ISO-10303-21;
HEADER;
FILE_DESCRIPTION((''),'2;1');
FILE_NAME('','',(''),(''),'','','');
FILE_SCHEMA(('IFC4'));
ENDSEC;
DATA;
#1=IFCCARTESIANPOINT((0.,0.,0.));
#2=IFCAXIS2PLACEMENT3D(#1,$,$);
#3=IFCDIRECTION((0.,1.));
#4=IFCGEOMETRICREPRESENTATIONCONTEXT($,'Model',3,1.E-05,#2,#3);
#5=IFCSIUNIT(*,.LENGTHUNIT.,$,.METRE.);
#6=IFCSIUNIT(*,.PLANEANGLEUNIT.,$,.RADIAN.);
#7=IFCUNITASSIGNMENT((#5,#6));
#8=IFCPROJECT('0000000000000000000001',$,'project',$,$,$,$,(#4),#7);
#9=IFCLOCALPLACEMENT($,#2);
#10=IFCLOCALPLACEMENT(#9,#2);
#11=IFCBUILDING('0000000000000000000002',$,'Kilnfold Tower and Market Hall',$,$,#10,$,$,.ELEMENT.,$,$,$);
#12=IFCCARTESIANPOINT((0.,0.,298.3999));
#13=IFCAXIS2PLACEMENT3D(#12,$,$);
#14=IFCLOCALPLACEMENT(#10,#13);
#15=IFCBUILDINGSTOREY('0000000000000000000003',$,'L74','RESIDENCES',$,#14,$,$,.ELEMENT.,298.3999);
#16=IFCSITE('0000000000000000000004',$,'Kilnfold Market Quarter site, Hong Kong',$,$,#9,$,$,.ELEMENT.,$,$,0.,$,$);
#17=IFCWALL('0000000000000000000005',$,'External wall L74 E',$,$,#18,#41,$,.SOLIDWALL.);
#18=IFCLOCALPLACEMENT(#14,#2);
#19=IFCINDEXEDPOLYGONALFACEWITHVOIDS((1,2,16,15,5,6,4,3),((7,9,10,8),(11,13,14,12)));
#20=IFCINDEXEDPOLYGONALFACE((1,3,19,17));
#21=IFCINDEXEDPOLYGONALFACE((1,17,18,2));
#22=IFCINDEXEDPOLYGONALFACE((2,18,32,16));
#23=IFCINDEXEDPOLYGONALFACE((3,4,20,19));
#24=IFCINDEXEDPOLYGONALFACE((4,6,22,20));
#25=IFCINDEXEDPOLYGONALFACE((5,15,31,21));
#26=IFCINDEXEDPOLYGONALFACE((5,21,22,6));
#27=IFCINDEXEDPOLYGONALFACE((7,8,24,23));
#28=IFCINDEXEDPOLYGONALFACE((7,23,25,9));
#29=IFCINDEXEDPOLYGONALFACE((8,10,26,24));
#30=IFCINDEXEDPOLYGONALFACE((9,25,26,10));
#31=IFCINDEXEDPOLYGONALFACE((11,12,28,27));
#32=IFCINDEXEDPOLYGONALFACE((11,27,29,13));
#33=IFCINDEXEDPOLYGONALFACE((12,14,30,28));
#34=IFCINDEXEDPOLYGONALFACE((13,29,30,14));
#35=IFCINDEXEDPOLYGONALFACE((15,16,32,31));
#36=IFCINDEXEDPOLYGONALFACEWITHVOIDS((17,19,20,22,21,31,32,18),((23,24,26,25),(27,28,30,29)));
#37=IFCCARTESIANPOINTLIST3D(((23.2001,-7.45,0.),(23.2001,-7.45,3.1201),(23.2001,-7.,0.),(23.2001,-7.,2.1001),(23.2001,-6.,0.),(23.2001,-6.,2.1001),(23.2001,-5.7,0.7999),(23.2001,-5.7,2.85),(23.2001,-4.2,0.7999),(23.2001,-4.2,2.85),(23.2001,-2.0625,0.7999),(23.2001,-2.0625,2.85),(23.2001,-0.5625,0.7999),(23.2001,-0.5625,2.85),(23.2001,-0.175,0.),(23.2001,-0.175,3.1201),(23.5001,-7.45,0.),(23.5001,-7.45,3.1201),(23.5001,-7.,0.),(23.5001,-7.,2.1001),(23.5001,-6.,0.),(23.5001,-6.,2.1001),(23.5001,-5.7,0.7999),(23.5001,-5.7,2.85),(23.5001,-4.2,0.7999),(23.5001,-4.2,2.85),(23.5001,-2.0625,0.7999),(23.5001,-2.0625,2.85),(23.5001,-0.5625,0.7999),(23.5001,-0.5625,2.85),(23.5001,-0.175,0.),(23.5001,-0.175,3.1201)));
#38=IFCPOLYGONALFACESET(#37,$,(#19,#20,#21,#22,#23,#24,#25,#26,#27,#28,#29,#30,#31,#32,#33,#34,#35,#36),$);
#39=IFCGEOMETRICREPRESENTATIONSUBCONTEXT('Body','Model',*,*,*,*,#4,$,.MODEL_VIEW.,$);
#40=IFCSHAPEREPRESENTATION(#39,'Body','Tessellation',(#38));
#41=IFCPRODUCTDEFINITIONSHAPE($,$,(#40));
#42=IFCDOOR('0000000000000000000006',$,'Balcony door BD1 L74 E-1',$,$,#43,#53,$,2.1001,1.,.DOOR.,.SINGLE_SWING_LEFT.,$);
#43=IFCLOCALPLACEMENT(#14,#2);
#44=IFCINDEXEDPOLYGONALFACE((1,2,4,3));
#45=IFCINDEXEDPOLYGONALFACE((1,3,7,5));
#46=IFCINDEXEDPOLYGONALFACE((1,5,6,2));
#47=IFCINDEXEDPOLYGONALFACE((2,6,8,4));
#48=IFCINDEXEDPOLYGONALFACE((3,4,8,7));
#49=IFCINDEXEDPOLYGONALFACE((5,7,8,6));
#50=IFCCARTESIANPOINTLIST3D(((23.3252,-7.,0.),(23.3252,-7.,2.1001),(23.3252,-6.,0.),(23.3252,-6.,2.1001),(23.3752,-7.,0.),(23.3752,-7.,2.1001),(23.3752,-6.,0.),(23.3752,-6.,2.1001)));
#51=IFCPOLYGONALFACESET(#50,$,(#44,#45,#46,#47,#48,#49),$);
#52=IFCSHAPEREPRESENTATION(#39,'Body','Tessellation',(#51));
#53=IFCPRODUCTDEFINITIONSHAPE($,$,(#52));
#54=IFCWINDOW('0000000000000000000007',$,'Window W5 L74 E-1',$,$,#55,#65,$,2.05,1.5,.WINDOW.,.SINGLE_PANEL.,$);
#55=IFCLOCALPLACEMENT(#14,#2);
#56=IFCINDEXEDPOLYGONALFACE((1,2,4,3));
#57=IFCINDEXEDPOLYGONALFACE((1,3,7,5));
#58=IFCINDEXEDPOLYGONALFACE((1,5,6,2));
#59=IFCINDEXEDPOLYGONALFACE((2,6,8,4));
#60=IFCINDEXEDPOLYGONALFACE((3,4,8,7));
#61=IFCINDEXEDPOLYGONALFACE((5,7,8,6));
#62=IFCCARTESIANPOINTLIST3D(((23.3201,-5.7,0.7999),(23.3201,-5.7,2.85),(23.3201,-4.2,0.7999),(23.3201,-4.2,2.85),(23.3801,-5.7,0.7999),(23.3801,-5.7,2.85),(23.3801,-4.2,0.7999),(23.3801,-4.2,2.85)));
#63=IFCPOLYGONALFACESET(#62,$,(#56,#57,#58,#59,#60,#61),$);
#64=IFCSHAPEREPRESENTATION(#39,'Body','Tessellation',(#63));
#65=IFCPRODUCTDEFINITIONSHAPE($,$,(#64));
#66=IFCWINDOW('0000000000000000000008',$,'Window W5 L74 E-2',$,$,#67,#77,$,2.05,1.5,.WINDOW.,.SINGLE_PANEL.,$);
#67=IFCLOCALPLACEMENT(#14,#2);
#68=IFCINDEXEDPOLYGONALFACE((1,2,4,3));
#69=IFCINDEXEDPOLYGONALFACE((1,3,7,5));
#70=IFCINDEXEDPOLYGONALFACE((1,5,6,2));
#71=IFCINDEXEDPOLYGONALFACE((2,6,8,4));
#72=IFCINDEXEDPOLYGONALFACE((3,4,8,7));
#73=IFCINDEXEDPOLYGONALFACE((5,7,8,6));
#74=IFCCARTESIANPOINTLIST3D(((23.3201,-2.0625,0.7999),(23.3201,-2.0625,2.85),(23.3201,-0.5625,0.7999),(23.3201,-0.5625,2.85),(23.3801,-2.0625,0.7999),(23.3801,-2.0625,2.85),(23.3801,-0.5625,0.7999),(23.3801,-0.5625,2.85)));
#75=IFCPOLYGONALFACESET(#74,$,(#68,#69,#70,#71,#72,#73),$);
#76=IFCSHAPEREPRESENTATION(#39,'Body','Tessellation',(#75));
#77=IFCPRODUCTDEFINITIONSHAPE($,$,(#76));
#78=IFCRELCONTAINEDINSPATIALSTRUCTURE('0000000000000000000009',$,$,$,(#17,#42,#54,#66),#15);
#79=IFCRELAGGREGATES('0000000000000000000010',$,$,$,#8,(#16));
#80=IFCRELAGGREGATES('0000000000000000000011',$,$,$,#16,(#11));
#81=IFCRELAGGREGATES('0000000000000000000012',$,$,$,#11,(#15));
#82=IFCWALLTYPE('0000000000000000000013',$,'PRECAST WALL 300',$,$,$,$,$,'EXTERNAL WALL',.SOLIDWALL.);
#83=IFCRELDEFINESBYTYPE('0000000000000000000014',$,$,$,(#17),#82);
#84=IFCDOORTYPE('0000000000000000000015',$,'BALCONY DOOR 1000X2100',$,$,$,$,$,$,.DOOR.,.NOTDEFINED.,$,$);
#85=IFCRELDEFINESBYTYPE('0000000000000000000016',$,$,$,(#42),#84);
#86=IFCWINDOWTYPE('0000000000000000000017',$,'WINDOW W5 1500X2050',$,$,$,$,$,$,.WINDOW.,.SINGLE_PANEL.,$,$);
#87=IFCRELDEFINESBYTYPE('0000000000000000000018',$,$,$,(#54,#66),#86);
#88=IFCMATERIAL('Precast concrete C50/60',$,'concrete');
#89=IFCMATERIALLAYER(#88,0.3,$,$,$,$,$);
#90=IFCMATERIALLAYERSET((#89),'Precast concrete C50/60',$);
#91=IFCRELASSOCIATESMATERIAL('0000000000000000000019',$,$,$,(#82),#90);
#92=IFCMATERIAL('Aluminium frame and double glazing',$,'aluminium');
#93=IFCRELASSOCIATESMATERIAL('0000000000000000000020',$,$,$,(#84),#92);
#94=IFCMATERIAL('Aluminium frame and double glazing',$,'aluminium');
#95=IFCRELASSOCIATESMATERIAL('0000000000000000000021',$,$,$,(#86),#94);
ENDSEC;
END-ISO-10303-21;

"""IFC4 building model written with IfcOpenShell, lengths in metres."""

from ifc_helpers import new_model, si_unit, direction, frame, frame_2d, origin, place, context, subcontext, project, spatial, rectangle, extrude, source, transform, mapped, material, layer, layer_set, type_object, element, fill, save


model = new_model("IFC4")

# Units and contexts
model_context = context("Model", 3, precision=1e-05, world=origin(), true_north=direction((0.0, 1.0)))
body_context = subcontext(model_context, "Body", "Model", "MODEL_VIEW")
ifc_project = project(units=[si_unit("LENGTHUNIT", "METRE"), si_unit("PLANEANGLEUNIT", "RADIAN")], contexts=[model_context])

# Site, building, storey
site_placement = place(None, origin())
site = spatial("IfcSite", under=ifc_project, at=site_placement, Name="Kilnfold Market Quarter site, Hong Kong", CompositionType="ELEMENT", RefElevation=0.0)
building_placement = place(site_placement, origin())
building = spatial("IfcBuilding", under=site, at=building_placement, Name="Kilnfold Tower and Market Hall", CompositionType="ELEMENT")
storey_placement = place(building_placement, frame((0.0, 0.0, 298.3999)))
storey = spatial("IfcBuildingStorey", under=building, at=storey_placement, Name="L74", Description="RESIDENCES", CompositionType="ELEMENT", Elevation=298.3999)

# Wall, openings, door, windows
ifc_material_1 = material(Name="Precast concrete C50/60", Category="concrete")
ifc_layer_1 = layer(ifc_material_1, 0.3)
ifc_layer_set_1 = layer_set([ifc_layer_1], Name="Precast concrete C50/60")
wall_type_1 = type_object("IfcWallType", Name="PRECAST WALL 300", ElementType="EXTERNAL WALL", PredefinedType="SOLIDWALL", material=ifc_layer_set_1)
shared_shape_1 = source(origin(), body_context, "Body", "SweptSolid", [
    extrude(rectangle(XDim=7.2749, YDim=0.3, at=frame_2d((3.6375, 0.0))), origin(), (0.0, 0.0, 1.0), 3.1201),
])
wall_1_placement = place(storey_placement, frame((23.3501, -7.45, 0.0), z_axis=(0.0, 0.0, 1.0), x_axis=(0.0, 1.0, 0.0)))
wall_1 = element("IfcWall", 1, at=wall_1_placement, inside=storey, type_object=wall_type_1, Name="External wall L74 E", PredefinedType="SOLIDWALL", context=body_context, shape_type="MappedRepresentation", body=[
    mapped(shared_shape_1, transform((0.0, 0.0, 0.0))),
])
opening_1_placement = place(wall_1_placement, frame((1.75, 0.0, 0.8)))
opening_1 = element("IfcOpeningElement", 2, at=opening_1_placement, cuts=wall_1, PredefinedType="OPENING", context=body_context, shape_type="SweptSolid", body=[
    extrude(rectangle(XDim=1.5, YDim=2.05, at=frame_2d((0.75, 1.0249))), frame((0.0, 0.1602, 0.0), z_axis=(0.0, -1.0, 0.0), x_axis=(1.0, 0.0, 0.0)), (0.0, 0.0, 1.0), 0.3201),
])
opening_2_placement = place(wall_1_placement, frame((0.45, 0.0, 0.0)))
opening_2 = element("IfcOpeningElement", 3, at=opening_2_placement, cuts=wall_1, PredefinedType="OPENING", context=body_context, shape_type="SweptSolid", body=[
    extrude(rectangle(XDim=1.0, YDim=2.1001, at=frame_2d((0.5, 1.05))), frame((0.0, 0.1602, 0.0), z_axis=(0.0, -1.0, 0.0), x_axis=(1.0, 0.0, 0.0)), (0.0, 0.0, 1.0), 0.3201),
])
opening_3_placement = place(wall_1_placement, frame((5.3875, 0.0, 0.8)))
opening_3 = element("IfcOpeningElement", 4, at=opening_3_placement, cuts=wall_1, PredefinedType="OPENING", context=body_context, shape_type="SweptSolid", body=[
    extrude(rectangle(XDim=1.5, YDim=2.05, at=frame_2d((0.75, 1.0249))), frame((0.0, 0.1602, 0.0), z_axis=(0.0, -1.0, 0.0), x_axis=(1.0, 0.0, 0.0)), (0.0, 0.0, 1.0), 0.3201),
])
ifc_material_2 = material(Name="Aluminium frame and double glazing", Category="aluminium")
door_type_1 = type_object("IfcDoorType", Name="BALCONY DOOR 1000X2100", OperationType="NOTDEFINED", PredefinedType="DOOR", material=ifc_material_2)
door_1_placement = place(opening_2_placement, origin())
door_1 = element("IfcDoor", 5, at=door_1_placement, inside=storey, type_object=door_type_1, Name="Balcony door BD1 L74 E-1", OperationType="SINGLE_SWING_LEFT", OverallHeight=2.1001, OverallWidth=1.0, PredefinedType="DOOR", context=body_context, shape_type="SweptSolid", body=[
    extrude(rectangle(XDim=1.0, YDim=2.1001, at=frame_2d((0.5, 1.05))), frame((0.0, 0.0249, 0.0), z_axis=(0.0, -1.0, 0.0), x_axis=(1.0, 0.0, 0.0)), (0.0, 0.0, 1.0), 0.05),
])
fill(opening_2, door_1)
ifc_material_3 = material(Name="Aluminium frame and double glazing", Category="aluminium")
window_type = type_object("IfcWindowType", Name="WINDOW W5 1500X2050", PartitioningType="SINGLE_PANEL", PredefinedType="WINDOW", material=ifc_material_3)
window_1_placement = place(opening_1_placement, origin())
window_1 = element("IfcWindow", 6, at=window_1_placement, inside=storey, type_object=window_type, Name="Window W5 L74 E-1", OverallHeight=2.05, OverallWidth=1.5, PartitioningType="SINGLE_PANEL", PredefinedType="WINDOW", context=body_context, shape_type="SweptSolid", body=[
    extrude(rectangle(XDim=1.5, YDim=2.05, at=frame_2d((0.75, 1.0249))), frame((0.0, 0.03, 0.0), z_axis=(0.0, -1.0, 0.0), x_axis=(1.0, 0.0, 0.0)), (0.0, 0.0, 1.0), 0.0601),
])
fill(opening_1, window_1)
window_2_placement = place(opening_3_placement, origin())
window_2 = element("IfcWindow", 7, at=window_2_placement, inside=storey, type_object=window_type, Name="Window W5 L74 E-2", OverallHeight=2.05, OverallWidth=1.5, PartitioningType="SINGLE_PANEL", PredefinedType="WINDOW", context=body_context, shape_type="SweptSolid", body=[
    extrude(rectangle(XDim=1.5, YDim=2.05, at=frame_2d((0.75, 1.0249))), frame((0.0, 0.03, 0.0), z_axis=(0.0, -1.0, 0.0), x_axis=(1.0, 0.0, 0.0)), (0.0, 0.0, 1.0), 0.0601),
])
fill(opening_3, window_2)

save(model, "model.ifc")
